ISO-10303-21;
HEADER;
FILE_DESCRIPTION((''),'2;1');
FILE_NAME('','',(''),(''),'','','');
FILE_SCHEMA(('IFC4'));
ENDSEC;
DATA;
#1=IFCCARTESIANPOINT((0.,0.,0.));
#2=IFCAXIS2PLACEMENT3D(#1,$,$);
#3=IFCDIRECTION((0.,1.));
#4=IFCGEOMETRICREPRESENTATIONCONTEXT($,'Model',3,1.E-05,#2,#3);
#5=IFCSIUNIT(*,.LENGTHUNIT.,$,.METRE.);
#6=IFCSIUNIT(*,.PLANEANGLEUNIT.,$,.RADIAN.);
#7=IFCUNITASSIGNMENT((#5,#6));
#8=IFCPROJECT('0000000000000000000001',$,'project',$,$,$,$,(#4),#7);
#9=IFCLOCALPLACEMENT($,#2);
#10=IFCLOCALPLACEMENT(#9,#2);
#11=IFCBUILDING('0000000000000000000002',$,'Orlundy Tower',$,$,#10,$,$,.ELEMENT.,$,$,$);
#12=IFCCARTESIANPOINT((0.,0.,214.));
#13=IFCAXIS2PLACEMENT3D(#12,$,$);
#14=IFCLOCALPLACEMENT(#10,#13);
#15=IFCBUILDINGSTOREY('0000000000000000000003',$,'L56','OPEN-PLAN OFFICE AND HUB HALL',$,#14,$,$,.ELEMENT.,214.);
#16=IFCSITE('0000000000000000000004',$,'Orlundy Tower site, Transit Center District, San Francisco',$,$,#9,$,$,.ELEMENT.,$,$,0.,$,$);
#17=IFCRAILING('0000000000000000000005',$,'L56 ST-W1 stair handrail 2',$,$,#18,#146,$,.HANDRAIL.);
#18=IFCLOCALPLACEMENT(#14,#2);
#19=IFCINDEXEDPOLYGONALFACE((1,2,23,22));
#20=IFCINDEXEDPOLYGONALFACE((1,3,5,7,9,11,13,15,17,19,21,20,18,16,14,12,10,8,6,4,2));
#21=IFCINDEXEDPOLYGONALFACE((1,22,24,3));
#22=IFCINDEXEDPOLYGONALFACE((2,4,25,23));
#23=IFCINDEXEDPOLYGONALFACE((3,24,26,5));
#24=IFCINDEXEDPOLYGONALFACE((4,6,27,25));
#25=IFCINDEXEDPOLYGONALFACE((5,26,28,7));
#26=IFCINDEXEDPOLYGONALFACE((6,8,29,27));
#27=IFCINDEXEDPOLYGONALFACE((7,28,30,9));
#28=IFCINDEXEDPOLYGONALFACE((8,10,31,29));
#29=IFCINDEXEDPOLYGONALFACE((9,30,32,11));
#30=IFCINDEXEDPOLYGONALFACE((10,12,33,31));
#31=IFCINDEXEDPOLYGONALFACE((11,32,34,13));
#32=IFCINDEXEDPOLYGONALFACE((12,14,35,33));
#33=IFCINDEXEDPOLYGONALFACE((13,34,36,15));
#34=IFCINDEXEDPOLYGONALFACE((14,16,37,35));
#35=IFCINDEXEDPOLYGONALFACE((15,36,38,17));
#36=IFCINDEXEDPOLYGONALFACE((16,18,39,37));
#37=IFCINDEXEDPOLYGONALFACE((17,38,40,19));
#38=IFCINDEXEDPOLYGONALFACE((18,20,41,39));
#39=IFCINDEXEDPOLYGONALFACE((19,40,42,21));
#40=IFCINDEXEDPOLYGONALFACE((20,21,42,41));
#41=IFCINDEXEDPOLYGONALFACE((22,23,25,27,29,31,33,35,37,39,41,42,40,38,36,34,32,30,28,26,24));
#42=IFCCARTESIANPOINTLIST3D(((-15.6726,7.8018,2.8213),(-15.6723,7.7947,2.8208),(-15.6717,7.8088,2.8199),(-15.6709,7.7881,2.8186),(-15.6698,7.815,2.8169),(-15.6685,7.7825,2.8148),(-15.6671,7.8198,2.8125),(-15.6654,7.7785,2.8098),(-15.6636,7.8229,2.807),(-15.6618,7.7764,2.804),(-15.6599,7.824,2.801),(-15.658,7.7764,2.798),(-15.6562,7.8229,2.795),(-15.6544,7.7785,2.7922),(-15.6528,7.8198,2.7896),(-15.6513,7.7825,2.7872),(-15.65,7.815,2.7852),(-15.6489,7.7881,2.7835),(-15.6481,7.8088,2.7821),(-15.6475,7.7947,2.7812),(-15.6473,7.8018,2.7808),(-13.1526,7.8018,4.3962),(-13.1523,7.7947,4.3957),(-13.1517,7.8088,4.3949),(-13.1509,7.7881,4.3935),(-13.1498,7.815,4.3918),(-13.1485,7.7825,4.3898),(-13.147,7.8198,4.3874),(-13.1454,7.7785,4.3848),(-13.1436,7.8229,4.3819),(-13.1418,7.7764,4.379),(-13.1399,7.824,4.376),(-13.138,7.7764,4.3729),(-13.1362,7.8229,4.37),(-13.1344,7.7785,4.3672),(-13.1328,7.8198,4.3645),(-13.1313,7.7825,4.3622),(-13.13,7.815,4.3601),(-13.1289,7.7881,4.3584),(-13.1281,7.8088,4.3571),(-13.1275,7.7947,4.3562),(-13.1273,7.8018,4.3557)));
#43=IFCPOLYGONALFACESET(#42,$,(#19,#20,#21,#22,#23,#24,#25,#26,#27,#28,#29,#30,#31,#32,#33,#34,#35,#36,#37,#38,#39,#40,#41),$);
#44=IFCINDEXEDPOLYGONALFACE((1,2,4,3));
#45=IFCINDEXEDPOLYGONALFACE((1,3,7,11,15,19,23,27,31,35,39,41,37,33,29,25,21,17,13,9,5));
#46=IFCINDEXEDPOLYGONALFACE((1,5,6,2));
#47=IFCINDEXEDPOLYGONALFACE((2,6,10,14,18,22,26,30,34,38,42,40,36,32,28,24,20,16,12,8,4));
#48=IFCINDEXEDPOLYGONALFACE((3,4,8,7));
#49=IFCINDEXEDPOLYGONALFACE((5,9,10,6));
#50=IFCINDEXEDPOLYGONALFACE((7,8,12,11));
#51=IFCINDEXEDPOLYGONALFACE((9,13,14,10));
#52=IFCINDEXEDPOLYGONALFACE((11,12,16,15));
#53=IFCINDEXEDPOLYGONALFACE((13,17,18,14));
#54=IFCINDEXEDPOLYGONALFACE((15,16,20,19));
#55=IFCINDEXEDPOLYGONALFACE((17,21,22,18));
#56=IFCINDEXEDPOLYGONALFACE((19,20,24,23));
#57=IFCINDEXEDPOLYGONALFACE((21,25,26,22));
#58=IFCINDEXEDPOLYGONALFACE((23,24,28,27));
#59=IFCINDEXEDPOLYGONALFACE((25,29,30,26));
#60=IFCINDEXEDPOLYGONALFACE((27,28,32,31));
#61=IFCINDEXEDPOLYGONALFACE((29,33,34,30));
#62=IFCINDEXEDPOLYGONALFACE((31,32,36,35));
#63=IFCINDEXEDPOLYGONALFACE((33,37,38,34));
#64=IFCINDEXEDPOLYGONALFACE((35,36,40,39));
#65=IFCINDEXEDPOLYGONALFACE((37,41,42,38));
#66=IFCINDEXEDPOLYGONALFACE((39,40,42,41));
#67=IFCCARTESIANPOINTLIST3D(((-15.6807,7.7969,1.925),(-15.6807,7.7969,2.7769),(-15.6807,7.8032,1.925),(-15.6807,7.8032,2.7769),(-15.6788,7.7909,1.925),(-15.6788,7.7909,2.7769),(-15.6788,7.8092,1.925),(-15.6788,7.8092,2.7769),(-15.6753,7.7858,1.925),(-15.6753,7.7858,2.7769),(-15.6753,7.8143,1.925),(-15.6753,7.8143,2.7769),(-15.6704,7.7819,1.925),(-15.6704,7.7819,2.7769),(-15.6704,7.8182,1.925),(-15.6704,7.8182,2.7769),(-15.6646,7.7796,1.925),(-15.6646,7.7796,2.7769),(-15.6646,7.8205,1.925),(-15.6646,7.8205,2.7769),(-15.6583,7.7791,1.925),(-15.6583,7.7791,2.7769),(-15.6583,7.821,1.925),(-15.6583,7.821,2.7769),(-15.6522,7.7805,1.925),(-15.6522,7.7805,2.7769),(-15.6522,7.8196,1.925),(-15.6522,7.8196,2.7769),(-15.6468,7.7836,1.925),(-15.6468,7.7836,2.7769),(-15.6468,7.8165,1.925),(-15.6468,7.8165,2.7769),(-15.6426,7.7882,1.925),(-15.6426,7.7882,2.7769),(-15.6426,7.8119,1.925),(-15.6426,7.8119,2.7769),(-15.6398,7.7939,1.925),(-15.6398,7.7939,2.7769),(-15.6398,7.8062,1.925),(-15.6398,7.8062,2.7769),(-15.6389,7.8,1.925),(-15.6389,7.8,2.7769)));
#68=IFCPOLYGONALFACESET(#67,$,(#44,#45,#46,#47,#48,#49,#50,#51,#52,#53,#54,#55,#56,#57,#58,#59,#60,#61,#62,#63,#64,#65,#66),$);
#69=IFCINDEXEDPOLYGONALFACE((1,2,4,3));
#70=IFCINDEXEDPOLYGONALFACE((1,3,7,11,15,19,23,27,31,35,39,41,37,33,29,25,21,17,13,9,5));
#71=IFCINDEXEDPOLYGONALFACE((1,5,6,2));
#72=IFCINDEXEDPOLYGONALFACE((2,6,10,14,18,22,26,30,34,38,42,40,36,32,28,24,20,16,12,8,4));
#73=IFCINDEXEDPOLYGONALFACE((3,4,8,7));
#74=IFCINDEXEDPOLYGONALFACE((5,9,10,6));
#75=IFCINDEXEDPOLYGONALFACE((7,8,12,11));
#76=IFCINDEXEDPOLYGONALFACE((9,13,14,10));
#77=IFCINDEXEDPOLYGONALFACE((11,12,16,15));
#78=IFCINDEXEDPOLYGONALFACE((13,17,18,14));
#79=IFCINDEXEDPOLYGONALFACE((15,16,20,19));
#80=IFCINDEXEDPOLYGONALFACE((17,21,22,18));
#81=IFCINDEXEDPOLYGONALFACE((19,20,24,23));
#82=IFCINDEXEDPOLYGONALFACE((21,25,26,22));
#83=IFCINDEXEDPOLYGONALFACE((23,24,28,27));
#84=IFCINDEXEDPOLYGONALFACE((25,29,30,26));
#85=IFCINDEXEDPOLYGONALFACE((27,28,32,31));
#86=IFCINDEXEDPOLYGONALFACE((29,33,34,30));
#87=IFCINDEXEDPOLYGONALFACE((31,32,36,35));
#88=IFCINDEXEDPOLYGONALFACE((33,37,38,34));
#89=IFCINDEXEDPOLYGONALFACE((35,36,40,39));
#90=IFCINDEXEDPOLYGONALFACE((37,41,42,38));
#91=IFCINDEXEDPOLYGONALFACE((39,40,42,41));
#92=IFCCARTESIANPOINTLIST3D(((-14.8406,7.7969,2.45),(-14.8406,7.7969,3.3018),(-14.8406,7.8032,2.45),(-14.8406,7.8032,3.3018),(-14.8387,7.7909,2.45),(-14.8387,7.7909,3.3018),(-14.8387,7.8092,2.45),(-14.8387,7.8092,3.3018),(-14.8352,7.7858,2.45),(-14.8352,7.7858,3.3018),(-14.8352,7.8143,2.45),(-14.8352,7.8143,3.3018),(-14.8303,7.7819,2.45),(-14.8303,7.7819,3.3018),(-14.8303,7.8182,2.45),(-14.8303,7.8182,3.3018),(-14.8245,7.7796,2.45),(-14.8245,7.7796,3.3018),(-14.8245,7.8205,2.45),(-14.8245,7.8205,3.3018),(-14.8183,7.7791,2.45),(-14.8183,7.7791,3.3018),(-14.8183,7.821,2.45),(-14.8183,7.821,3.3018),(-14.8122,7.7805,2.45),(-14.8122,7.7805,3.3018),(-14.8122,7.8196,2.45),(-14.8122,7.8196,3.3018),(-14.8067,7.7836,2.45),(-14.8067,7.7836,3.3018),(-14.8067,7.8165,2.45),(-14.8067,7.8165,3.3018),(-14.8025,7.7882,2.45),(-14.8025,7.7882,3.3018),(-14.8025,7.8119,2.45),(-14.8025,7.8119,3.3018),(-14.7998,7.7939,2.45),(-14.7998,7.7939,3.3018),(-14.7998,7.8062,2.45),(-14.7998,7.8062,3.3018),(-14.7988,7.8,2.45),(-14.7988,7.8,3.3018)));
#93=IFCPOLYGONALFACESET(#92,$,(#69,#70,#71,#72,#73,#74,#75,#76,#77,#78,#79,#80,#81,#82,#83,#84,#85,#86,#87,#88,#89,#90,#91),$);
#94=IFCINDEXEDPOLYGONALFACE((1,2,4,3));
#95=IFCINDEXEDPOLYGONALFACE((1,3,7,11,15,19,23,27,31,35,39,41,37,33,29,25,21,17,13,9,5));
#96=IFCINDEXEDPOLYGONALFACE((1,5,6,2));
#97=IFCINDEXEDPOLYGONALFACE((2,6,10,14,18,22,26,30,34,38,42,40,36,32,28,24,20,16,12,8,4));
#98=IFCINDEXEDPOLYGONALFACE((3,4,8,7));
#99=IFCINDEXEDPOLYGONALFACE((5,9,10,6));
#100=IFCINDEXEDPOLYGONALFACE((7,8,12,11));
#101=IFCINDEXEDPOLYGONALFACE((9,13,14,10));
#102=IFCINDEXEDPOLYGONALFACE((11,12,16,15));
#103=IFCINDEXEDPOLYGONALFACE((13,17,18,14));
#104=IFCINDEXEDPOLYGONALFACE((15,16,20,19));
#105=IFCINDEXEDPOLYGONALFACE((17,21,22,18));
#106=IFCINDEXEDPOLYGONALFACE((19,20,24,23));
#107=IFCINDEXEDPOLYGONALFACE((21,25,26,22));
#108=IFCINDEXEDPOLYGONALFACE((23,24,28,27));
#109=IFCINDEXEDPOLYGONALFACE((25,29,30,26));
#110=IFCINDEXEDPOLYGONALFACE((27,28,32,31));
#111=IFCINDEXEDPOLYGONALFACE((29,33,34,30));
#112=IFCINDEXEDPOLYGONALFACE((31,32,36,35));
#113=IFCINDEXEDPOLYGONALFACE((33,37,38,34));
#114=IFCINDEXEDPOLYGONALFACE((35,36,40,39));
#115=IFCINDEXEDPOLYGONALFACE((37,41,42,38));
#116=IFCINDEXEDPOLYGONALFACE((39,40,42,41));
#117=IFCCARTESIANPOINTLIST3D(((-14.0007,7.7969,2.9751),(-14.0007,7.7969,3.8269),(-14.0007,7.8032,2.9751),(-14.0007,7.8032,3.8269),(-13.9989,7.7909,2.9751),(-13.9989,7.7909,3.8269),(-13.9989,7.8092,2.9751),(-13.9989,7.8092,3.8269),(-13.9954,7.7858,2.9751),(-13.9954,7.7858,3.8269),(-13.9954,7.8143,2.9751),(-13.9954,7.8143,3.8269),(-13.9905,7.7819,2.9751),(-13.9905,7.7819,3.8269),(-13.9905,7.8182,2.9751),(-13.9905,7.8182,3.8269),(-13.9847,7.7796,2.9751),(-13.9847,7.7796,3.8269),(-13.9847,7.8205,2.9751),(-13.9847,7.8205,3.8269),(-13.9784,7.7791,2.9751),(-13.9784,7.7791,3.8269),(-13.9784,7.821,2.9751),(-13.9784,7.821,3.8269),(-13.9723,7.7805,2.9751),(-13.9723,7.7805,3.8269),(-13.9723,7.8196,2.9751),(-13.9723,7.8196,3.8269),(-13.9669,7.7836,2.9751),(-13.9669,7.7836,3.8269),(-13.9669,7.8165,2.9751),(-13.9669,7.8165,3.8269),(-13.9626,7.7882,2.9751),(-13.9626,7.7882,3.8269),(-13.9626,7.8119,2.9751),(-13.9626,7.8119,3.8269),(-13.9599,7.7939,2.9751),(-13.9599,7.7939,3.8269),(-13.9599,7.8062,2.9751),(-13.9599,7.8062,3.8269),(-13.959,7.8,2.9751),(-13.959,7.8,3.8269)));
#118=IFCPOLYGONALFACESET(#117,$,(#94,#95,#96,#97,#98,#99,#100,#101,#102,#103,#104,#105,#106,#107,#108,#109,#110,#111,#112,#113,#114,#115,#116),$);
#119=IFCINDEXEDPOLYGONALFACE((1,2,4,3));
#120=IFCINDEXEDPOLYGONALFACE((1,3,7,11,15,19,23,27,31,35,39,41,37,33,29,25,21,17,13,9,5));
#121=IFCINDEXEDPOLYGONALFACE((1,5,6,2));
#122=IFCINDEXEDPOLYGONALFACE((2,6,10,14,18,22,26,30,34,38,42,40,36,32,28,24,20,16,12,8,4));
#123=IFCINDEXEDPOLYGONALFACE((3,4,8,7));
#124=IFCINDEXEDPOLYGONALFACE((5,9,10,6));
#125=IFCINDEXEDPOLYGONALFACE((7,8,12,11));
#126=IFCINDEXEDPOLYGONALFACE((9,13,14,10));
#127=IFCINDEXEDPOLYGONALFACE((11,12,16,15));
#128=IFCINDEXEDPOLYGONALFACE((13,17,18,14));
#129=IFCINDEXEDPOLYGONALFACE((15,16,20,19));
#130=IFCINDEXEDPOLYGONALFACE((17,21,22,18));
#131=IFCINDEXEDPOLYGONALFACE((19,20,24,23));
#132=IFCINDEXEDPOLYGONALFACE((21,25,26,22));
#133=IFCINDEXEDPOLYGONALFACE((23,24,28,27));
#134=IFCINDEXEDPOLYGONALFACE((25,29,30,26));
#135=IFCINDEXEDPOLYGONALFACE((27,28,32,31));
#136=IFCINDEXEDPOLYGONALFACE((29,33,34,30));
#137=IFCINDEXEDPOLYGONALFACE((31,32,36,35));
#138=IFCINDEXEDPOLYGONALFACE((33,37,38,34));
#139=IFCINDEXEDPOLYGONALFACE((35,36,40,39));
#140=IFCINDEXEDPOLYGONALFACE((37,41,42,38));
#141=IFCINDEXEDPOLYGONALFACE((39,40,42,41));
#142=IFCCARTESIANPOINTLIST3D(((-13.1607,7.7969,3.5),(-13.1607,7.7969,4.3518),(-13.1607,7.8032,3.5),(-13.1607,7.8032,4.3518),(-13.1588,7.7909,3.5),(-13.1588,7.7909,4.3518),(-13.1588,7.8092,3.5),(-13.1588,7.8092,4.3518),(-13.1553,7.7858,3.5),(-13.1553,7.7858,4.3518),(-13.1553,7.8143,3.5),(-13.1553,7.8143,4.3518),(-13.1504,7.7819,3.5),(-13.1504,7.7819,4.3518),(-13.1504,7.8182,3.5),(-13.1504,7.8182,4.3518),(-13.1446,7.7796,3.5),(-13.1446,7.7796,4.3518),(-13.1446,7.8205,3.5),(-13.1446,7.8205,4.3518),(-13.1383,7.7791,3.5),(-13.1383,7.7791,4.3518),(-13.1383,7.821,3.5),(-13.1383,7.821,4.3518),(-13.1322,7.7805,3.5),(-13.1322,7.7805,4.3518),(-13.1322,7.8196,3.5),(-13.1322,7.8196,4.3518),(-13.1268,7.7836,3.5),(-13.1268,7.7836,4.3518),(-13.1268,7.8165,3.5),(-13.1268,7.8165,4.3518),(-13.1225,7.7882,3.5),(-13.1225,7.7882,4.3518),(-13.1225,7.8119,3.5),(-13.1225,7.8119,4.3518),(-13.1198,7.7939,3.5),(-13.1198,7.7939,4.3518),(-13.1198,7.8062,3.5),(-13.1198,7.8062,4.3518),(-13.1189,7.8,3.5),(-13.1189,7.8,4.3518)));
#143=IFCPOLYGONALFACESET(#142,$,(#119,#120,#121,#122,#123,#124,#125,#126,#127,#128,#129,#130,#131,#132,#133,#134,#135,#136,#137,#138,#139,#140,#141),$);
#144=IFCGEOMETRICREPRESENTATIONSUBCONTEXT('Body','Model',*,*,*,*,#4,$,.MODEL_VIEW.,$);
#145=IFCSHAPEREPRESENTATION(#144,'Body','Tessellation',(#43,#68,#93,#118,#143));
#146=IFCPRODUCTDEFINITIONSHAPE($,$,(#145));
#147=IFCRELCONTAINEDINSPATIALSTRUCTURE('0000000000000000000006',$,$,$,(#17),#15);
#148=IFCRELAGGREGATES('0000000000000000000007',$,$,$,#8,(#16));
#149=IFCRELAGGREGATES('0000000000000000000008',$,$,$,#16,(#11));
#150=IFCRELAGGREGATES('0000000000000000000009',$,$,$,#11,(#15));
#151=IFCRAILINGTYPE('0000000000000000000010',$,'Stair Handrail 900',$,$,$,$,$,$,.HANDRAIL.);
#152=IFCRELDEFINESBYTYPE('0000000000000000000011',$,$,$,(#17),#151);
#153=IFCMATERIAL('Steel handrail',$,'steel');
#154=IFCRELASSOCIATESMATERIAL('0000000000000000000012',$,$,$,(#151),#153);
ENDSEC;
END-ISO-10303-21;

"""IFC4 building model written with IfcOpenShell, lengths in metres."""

from ifc_helpers import new_model, si_unit, direction, frame, origin, origin_2d, place, context, subcontext, project, spatial, circle, extrude, material, type_object, element, save


model = new_model("IFC4")

# Units and contexts
model_context = context("Model", 3, precision=1e-05, world=origin(), true_north=direction((0.0, 1.0)))
body_context = subcontext(model_context, "Body", "Model", "MODEL_VIEW")
ifc_project = project(units=[si_unit("LENGTHUNIT", "METRE"), si_unit("PLANEANGLEUNIT", "RADIAN")], contexts=[model_context])

# Site, building, storey
site_placement = place(None, origin())
site = spatial("IfcSite", under=ifc_project, at=site_placement, Name="Orlundy Tower site, Transit Center District, San Francisco", CompositionType="ELEMENT", RefElevation=0.0)
building_placement = place(site_placement, origin())
building = spatial("IfcBuilding", under=site, at=building_placement, Name="Orlundy Tower", CompositionType="ELEMENT")
storey_placement = place(building_placement, frame((0.0, 0.0, 214.0)))
storey = spatial("IfcBuildingStorey", under=building, at=storey_placement, Name="L56", Description="OPEN-PLAN OFFICE AND HUB HALL", CompositionType="ELEMENT", Elevation=214.0)

# Railing
ifc_material_1 = material(Name="Steel handrail", Category="steel")
railing_type = type_object("IfcRailingType", Name="Stair Handrail 900", PredefinedType="HANDRAIL", material=ifc_material_1)
railing_placement = place(storey_placement, frame((-15.6599, 7.8, 1.925)))
element("IfcRailing", 1, at=railing_placement, inside=storey, type_object=railing_type, Name="L56 ST-W1 stair handrail 2", PredefinedType="HANDRAIL", context=body_context, shape_type="SweptSolid", body=[
    extrude(circle(Radius=0.0239, at=origin_2d()), frame((0.0, 0.0, 0.876), z_axis=(0.848008, 0.0, 0.529984), x_axis=(0.0, 1.0, 0.0)), (0.0, 0.0, 1.0), 2.9717),
    extrude(circle(Radius=0.021, at=origin_2d()), origin(), (0.0, 0.0, 1.0), 0.8518),
    extrude(circle(Radius=0.021, at=origin_2d()), frame((0.8401, 0.0, 0.5249)), (0.0, 0.0, 1.0), 0.8518),
    extrude(circle(Radius=0.021, at=origin_2d()), frame((1.6799, 0.0, 1.05)), (0.0, 0.0, 1.0), 0.8518),
    extrude(circle(Radius=0.021, at=origin_2d()), frame((2.52, 0.0, 1.575)), (0.0, 0.0, 1.0), 0.8518),
])

save(model, "model.ifc")
